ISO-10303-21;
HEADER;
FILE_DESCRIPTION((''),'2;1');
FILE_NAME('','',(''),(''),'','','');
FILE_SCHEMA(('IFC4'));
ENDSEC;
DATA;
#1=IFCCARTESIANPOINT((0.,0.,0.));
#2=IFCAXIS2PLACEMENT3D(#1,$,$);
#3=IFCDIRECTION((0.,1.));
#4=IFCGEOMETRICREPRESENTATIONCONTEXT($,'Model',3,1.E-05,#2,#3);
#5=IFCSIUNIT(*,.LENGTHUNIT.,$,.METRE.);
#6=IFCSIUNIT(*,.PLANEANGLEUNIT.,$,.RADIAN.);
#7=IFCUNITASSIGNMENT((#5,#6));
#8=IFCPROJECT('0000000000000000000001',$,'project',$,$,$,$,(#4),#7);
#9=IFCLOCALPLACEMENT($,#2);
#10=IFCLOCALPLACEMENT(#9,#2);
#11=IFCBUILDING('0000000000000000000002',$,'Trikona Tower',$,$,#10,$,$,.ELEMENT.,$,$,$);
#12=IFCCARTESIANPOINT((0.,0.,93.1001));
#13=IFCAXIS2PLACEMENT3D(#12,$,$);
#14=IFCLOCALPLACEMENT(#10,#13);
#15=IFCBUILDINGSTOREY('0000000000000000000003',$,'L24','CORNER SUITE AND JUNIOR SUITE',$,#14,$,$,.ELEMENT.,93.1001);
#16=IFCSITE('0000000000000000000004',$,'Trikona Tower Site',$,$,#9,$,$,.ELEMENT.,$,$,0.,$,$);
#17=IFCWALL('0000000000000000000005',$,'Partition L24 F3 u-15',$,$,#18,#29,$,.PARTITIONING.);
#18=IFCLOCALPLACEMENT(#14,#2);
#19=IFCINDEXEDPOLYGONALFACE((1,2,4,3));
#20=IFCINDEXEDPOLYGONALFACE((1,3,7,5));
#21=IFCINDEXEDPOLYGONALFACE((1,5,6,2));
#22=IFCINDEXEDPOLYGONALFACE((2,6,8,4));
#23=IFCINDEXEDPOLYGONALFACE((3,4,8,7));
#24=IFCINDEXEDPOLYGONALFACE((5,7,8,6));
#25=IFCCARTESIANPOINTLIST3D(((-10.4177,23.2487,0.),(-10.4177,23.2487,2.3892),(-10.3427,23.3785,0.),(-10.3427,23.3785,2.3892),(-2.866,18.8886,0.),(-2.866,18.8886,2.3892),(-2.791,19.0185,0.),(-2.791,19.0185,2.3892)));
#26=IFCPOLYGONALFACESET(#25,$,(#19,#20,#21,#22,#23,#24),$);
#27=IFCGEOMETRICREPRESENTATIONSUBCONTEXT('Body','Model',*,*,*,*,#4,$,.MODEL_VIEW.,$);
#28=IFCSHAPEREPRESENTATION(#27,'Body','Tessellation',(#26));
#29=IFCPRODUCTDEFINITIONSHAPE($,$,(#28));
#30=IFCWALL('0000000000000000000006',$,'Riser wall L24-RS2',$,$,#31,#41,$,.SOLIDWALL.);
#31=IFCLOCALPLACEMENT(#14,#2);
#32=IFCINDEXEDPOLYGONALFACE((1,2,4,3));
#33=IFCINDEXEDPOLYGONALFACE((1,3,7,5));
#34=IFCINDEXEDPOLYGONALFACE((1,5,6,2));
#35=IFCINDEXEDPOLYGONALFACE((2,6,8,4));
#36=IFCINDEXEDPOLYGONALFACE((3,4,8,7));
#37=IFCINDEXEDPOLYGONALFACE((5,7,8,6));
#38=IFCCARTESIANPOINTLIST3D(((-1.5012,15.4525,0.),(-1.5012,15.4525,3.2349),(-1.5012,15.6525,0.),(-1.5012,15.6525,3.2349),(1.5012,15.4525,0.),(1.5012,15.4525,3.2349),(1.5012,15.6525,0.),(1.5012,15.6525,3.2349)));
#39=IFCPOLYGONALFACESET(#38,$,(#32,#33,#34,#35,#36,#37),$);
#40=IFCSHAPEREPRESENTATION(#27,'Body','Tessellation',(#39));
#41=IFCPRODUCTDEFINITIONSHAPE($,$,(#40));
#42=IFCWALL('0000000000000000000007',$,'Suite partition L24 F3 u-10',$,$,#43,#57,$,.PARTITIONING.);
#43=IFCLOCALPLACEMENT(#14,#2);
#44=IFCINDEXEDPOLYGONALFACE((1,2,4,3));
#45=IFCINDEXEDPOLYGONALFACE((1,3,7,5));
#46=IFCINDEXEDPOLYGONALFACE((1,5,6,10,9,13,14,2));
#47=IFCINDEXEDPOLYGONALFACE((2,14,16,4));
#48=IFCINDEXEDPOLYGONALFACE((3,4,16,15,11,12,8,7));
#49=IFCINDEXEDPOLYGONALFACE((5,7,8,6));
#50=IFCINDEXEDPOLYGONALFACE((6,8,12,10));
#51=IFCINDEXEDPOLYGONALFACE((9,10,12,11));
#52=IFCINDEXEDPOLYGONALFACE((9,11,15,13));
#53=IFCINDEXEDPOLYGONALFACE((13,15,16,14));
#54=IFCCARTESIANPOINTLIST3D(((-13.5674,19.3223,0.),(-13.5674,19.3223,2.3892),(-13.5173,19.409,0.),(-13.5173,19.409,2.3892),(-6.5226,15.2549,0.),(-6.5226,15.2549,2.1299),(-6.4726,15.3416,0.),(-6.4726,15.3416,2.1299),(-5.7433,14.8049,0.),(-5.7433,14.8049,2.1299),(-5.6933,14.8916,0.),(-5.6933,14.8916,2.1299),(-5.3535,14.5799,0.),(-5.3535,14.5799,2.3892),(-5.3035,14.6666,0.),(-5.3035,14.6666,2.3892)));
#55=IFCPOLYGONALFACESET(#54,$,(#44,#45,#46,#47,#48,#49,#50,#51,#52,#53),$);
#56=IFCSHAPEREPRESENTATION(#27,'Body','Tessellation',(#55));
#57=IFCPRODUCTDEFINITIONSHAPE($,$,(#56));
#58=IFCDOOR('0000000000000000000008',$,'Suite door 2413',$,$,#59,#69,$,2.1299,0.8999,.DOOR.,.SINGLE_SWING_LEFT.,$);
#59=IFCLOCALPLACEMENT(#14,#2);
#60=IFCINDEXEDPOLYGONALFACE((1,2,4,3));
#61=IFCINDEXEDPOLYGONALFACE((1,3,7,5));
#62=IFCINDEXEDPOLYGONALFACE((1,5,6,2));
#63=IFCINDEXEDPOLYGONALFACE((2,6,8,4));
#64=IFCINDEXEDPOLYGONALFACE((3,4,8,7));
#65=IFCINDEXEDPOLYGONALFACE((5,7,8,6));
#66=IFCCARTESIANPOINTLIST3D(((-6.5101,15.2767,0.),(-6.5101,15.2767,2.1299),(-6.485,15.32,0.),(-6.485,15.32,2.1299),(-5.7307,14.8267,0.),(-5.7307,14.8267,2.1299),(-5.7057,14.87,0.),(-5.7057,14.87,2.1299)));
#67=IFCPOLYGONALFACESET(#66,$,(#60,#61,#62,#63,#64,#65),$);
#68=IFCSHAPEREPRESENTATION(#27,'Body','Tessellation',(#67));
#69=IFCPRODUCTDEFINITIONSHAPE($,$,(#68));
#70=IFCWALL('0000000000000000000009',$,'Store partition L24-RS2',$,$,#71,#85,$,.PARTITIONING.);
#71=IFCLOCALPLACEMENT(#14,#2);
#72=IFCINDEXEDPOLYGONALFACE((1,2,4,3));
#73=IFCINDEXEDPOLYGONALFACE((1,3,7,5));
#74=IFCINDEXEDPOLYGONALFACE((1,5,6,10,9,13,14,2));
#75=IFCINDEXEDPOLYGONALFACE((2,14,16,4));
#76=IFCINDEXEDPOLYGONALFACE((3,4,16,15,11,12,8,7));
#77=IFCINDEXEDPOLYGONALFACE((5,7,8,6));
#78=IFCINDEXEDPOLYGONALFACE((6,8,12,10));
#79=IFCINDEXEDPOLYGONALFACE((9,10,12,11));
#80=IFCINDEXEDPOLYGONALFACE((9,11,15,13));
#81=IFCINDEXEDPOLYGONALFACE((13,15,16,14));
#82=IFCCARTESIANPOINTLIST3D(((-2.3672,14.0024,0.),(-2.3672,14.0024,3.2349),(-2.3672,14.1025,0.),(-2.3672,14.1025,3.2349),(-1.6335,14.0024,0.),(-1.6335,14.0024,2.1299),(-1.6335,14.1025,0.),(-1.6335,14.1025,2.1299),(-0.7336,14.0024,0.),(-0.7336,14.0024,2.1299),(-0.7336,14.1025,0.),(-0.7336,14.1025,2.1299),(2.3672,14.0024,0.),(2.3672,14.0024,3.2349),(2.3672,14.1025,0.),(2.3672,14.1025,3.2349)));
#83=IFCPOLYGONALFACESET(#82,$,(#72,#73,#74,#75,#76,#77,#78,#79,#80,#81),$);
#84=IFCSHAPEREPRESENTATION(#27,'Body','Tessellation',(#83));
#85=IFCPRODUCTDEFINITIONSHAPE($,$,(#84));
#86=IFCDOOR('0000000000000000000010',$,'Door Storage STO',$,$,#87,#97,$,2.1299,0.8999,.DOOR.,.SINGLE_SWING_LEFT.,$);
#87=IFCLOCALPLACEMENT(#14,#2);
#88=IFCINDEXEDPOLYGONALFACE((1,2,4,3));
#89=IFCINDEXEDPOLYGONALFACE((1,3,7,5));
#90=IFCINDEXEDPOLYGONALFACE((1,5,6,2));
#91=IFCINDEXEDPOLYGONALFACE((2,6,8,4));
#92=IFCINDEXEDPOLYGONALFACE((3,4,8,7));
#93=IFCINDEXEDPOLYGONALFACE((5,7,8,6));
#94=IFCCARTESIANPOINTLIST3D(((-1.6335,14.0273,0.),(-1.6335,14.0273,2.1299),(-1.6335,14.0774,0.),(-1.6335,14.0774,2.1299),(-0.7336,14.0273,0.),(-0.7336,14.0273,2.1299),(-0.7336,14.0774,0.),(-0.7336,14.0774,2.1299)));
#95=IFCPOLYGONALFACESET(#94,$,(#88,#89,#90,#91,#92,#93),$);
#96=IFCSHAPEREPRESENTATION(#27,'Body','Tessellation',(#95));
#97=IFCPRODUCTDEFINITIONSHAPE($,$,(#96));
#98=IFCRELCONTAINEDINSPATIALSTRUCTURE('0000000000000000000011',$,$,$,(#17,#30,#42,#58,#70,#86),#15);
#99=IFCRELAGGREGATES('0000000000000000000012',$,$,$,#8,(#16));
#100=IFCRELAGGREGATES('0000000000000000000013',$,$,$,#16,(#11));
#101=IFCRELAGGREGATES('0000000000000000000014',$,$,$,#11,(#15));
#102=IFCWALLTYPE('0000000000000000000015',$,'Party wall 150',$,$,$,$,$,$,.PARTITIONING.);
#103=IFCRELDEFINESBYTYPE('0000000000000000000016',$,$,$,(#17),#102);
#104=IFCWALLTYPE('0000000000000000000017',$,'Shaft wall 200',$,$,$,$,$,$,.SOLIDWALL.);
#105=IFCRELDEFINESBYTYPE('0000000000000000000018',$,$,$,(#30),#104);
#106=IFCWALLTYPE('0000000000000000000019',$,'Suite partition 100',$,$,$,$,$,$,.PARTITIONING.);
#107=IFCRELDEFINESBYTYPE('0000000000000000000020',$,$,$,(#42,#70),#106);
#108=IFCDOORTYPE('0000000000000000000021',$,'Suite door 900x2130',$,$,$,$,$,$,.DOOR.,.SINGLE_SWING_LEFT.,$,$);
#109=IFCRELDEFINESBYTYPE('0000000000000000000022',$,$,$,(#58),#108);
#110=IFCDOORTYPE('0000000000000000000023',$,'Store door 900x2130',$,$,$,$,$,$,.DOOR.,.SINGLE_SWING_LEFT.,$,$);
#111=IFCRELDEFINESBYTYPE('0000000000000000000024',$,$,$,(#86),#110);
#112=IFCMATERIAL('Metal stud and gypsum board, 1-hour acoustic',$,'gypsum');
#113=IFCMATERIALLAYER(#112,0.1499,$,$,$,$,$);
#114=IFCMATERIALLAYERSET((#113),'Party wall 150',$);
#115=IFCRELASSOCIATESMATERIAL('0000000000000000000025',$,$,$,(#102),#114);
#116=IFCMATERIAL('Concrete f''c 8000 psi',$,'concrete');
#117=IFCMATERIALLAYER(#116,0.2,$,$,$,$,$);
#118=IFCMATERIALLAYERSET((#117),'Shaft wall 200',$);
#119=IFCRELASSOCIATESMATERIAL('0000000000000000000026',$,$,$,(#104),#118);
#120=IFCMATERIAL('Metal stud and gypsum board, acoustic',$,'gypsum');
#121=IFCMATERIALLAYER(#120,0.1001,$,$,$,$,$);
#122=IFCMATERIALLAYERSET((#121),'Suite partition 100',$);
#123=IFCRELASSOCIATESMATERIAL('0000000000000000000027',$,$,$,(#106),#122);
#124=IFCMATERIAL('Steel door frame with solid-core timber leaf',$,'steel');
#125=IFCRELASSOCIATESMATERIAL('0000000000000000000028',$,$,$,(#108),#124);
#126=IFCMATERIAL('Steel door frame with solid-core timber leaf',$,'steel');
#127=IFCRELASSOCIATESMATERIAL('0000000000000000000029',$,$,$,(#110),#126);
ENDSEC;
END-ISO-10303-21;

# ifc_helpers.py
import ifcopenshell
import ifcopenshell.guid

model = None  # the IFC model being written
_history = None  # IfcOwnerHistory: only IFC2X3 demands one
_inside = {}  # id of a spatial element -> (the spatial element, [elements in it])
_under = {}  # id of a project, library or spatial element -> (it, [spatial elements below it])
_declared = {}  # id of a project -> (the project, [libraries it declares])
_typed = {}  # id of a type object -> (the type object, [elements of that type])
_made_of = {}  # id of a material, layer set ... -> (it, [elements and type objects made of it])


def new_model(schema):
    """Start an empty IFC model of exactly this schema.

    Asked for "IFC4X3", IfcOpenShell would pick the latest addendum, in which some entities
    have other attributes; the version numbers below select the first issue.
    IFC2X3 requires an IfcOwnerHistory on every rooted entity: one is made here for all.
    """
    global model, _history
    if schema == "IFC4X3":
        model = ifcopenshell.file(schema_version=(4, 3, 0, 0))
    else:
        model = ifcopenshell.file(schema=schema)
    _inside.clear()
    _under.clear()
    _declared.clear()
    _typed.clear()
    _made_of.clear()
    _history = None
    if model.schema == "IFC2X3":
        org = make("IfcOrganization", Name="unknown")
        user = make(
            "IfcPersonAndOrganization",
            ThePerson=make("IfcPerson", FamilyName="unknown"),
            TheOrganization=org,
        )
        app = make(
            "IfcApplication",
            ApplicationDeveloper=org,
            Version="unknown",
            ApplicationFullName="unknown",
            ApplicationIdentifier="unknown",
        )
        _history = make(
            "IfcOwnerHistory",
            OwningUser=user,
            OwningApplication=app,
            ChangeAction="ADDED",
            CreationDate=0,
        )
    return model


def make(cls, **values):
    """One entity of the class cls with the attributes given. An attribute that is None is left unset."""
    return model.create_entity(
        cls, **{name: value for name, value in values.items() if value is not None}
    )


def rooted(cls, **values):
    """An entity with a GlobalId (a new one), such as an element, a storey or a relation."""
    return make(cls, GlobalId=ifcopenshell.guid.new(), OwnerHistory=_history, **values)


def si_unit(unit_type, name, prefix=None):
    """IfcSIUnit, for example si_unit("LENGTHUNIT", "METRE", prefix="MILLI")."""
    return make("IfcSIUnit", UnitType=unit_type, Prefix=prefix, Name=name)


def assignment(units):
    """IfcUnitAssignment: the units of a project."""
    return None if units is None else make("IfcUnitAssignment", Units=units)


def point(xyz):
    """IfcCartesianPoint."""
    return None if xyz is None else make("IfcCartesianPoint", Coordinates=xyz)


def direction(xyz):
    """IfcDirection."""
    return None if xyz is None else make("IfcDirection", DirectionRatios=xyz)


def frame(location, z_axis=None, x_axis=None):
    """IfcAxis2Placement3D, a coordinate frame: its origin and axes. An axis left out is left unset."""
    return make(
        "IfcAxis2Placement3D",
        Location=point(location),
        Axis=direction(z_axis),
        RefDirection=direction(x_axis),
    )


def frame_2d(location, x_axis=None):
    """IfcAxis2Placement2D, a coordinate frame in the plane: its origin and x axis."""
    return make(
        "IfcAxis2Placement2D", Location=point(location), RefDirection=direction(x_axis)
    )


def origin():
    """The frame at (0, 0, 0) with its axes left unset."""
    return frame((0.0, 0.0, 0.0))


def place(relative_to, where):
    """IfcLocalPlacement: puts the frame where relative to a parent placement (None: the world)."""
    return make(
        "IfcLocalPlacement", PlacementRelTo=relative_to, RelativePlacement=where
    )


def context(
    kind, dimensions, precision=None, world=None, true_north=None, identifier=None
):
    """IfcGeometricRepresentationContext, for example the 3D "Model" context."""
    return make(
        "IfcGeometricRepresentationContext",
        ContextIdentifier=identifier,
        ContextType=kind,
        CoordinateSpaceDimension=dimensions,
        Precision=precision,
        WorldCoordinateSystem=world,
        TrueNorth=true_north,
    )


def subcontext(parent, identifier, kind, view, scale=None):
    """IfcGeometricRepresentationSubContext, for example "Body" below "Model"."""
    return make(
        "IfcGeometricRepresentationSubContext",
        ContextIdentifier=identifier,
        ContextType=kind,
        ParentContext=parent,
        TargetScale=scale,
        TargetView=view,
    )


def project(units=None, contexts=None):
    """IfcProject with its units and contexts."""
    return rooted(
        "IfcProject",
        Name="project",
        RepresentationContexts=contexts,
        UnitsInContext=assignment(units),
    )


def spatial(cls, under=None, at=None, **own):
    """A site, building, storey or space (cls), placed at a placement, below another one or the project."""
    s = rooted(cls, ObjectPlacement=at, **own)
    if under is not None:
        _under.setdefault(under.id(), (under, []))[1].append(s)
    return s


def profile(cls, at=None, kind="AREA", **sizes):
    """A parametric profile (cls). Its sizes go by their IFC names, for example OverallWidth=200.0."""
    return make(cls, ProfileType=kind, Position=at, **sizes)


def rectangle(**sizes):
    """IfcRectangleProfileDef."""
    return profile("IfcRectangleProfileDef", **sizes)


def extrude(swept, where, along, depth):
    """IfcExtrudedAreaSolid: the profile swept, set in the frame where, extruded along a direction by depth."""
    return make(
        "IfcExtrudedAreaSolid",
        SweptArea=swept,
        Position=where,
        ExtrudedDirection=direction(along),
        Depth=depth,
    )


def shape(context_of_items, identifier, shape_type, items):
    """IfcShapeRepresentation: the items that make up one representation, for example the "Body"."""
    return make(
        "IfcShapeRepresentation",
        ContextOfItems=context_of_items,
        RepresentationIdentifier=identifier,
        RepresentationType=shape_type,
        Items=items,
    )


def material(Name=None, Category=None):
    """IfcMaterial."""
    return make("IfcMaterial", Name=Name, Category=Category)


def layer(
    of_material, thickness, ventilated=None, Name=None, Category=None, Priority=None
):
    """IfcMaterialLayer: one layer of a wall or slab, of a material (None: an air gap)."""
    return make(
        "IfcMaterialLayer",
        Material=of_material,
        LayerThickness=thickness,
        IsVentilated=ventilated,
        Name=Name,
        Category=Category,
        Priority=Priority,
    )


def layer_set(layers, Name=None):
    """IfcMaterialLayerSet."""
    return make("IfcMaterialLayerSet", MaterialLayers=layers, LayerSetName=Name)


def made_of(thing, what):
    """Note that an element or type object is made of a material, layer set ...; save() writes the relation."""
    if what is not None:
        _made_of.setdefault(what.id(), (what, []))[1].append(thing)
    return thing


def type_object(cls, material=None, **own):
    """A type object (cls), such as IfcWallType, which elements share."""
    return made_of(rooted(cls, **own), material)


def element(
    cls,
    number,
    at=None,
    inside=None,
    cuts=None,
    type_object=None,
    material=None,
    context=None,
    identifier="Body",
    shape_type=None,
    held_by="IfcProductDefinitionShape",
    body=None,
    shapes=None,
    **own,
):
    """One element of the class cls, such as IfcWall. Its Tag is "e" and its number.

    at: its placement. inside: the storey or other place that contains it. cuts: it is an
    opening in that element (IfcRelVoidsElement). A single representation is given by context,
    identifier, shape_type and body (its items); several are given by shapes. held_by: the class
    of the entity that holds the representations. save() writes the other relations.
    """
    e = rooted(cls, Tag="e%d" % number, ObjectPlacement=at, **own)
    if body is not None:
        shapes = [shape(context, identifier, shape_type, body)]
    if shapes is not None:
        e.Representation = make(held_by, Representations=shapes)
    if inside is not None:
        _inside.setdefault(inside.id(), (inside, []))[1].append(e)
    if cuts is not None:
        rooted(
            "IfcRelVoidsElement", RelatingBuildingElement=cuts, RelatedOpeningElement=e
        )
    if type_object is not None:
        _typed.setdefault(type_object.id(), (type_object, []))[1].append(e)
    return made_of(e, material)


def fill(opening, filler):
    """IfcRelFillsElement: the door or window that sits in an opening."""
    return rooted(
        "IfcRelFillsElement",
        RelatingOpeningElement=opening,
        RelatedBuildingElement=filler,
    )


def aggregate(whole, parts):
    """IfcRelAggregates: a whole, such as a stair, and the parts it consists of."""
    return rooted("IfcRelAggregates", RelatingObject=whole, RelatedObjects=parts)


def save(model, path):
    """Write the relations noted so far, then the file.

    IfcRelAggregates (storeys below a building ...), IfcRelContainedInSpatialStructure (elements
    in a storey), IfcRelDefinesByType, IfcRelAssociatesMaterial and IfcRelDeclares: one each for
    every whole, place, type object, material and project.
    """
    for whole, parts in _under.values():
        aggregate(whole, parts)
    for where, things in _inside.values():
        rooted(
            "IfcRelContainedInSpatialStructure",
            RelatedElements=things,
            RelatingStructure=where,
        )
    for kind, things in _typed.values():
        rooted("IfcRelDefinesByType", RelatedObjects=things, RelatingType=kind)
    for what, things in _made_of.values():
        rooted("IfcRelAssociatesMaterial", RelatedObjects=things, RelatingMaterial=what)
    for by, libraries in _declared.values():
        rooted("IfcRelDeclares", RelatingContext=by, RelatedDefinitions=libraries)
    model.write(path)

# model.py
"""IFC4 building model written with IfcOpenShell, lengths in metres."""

from ifc_helpers import new_model, si_unit, direction, frame, frame_2d, origin, place, context, subcontext, project, spatial, rectangle, extrude, material, layer, layer_set, type_object, element, fill, save


model = new_model("IFC4")

# Units and contexts
model_context = context("Model", 3, precision=1e-05, world=origin(), true_north=direction((0.0, 1.0)))
body_context = subcontext(model_context, "Body", "Model", "MODEL_VIEW")
ifc_project = project(units=[si_unit("LENGTHUNIT", "METRE"), si_unit("PLANEANGLEUNIT", "RADIAN")], contexts=[model_context])

# Site, building, storey
site_placement = place(None, origin())
site = spatial("IfcSite", under=ifc_project, at=site_placement, Name="Trikona Tower Site", CompositionType="ELEMENT", RefElevation=0.0)
building_placement = place(site_placement, origin())
building = spatial("IfcBuilding", under=site, at=building_placement, Name="Trikona Tower", CompositionType="ELEMENT")
storey_placement = place(building_placement, frame((0.0, 0.0, 93.1001)))
storey = spatial("IfcBuildingStorey", under=building, at=storey_placement, Name="L24", Description="CORNER SUITE AND JUNIOR SUITE", CompositionType="ELEMENT", Elevation=93.1001)

# Walls
ifc_material_1 = material(Name="Metal stud and gypsum board, 1-hour acoustic", Category="gypsum")
ifc_layer_1 = layer(ifc_material_1, 0.1499)
ifc_layer_set_1 = layer_set([ifc_layer_1], Name="Party wall 150")
wall_type_1 = type_object("IfcWallType", Name="Party wall 150", PredefinedType="PARTITIONING", material=ifc_layer_set_1)
wall_1_placement = place(storey_placement, frame((-2.8286, 18.9536, 0.0), z_axis=(0.0, 0.0, 1.0), x_axis=(-0.866021, 0.500008, 0.0)))
element("IfcWall", 1, at=wall_1_placement, inside=storey, type_object=wall_type_1, Name="Partition L24 F3 u-15", PredefinedType="PARTITIONING", context=body_context, shape_type="SweptSolid", body=[
    extrude(rectangle(XDim=8.72, YDim=0.1499, at=frame_2d((4.3599, 0.0))), origin(), (0.0, 0.0, 1.0), 2.3892),
])
ifc_material_2 = material(Name="Concrete f'c 8000 psi", Category="concrete")
ifc_layer_2 = layer(ifc_material_2, 0.2)
ifc_layer_set_2 = layer_set([ifc_layer_2], Name="Shaft wall 200")
wall_type_2 = type_object("IfcWallType", Name="Shaft wall 200", PredefinedType="SOLIDWALL", material=ifc_layer_set_2)
wall_2_placement = place(storey_placement, frame((-1.5012, 15.5525, 0.0), z_axis=(0.0, 0.0, 1.0), x_axis=(1.0, 0.0, 0.0)))
element("IfcWall", 2, at=wall_2_placement, inside=storey, type_object=wall_type_2, Name="Riser wall L24-RS2", PredefinedType="SOLIDWALL", context=body_context, shape_type="SweptSolid", body=[
    extrude(rectangle(XDim=3.0024, YDim=0.2, at=frame_2d((1.5012, 0.0))), origin(), (0.0, 0.0, 1.0), 3.2349),
])

# Walls, openings, doors
ifc_material_3 = material(Name="Metal stud and gypsum board, acoustic", Category="gypsum")
ifc_layer_3 = layer(ifc_material_3, 0.1001)
ifc_layer_set_3 = layer_set([ifc_layer_3], Name="Suite partition 100")
wall_type_3 = type_object("IfcWallType", Name="Suite partition 100", PredefinedType="PARTITIONING", material=ifc_layer_set_3)
wall_3_placement = place(storey_placement, frame((-5.3286, 14.6233, 0.0), z_axis=(0.0, 0.0, 1.0), x_axis=(-0.866018, 0.500012, 0.0)))
wall_3 = element("IfcWall", 3, at=wall_3_placement, inside=storey, type_object=wall_type_3, Name="Suite partition L24 F3 u-10", PredefinedType="PARTITIONING", context=body_context, shape_type="SweptSolid", body=[
    extrude(rectangle(XDim=9.4846, YDim=0.1001, at=frame_2d((4.7422, 0.0))), origin(), (0.0, 0.0, 1.0), 2.3892),
])
opening_1_placement = place(wall_3_placement, frame((0.45, 0.0, 0.0)))
opening_1 = element("IfcOpeningElement", 4, at=opening_1_placement, cuts=wall_3, PredefinedType="OPENING", context=body_context, shape_type="SweptSolid", body=[
    extrude(rectangle(XDim=0.8999, YDim=2.1299, at=frame_2d((0.45, 1.0649))), frame((0.0, 0.0601, 0.0), z_axis=(0.0, -1.0, 0.0), x_axis=(1.0, 0.0, 0.0)), (0.0, 0.0, 1.0), 0.1201),
])
ifc_material_4 = material(Name="Steel door frame with solid-core timber leaf", Category="steel")
door_type_1 = type_object("IfcDoorType", Name="Suite door 900x2130", OperationType="SINGLE_SWING_LEFT", PredefinedType="DOOR", material=ifc_material_4)
door_1_placement = place(opening_1_placement, origin())
door_1 = element("IfcDoor", 5, at=door_1_placement, inside=storey, type_object=door_type_1, Name="Suite door 2413", OperationType="SINGLE_SWING_LEFT", OverallHeight=2.1299, OverallWidth=0.8999, PredefinedType="DOOR", context=body_context, shape_type="SweptSolid", body=[
    extrude(rectangle(XDim=0.8999, YDim=2.1299, at=frame_2d((0.45, 1.0649))), frame((0.0, 0.0249, 0.0), z_axis=(0.0, -1.0, 0.0), x_axis=(1.0, 0.0, 0.0)), (0.0, 0.0, 1.0), 0.05),
])
fill(opening_1, door_1)
wall_4_placement = place(storey_placement, frame((-2.3672, 14.0525, 0.0), z_axis=(0.0, 0.0, 1.0), x_axis=(1.0, 0.0, 0.0)))
wall_4 = element("IfcWall", 6, at=wall_4_placement, inside=storey, type_object=wall_type_3, Name="Store partition L24-RS2", PredefinedType="PARTITIONING", context=body_context, shape_type="SweptSolid", body=[
    extrude(rectangle(XDim=4.7344, YDim=0.1001, at=frame_2d((2.3672, 0.0))), origin(), (0.0, 0.0, 1.0), 3.2349),
])
opening_2_placement = place(wall_4_placement, frame((0.7336, 0.0, 0.0)))
opening_2 = element("IfcOpeningElement", 7, at=opening_2_placement, cuts=wall_4, PredefinedType="OPENING", context=body_context, shape_type="SweptSolid", body=[
    extrude(rectangle(XDim=0.8999, YDim=2.1299, at=frame_2d((0.45, 1.0649))), frame((0.0, 0.0601, 0.0), z_axis=(0.0, -1.0, 0.0), x_axis=(1.0, 0.0, 0.0)), (0.0, 0.0, 1.0), 0.1201),
])
ifc_material_5 = material(Name="Steel door frame with solid-core timber leaf", Category="steel")
door_type_2 = type_object("IfcDoorType", Name="Store door 900x2130", OperationType="SINGLE_SWING_LEFT", PredefinedType="DOOR", material=ifc_material_5)
door_2_placement = place(opening_2_placement, origin())
door_2 = element("IfcDoor", 8, at=door_2_placement, inside=storey, type_object=door_type_2, Name="Door Storage STO", OperationType="SINGLE_SWING_LEFT", OverallHeight=2.1299, OverallWidth=0.8999, PredefinedType="DOOR", context=body_context, shape_type="SweptSolid", body=[
    extrude(rectangle(XDim=0.8999, YDim=2.1299, at=frame_2d((0.45, 1.0649))), frame((0.0, 0.0249, 0.0), z_axis=(0.0, -1.0, 0.0), x_axis=(1.0, 0.0, 0.0)), (0.0, 0.0, 1.0), 0.05),
])
fill(opening_2, door_2)

save(model, "model.ifc")
